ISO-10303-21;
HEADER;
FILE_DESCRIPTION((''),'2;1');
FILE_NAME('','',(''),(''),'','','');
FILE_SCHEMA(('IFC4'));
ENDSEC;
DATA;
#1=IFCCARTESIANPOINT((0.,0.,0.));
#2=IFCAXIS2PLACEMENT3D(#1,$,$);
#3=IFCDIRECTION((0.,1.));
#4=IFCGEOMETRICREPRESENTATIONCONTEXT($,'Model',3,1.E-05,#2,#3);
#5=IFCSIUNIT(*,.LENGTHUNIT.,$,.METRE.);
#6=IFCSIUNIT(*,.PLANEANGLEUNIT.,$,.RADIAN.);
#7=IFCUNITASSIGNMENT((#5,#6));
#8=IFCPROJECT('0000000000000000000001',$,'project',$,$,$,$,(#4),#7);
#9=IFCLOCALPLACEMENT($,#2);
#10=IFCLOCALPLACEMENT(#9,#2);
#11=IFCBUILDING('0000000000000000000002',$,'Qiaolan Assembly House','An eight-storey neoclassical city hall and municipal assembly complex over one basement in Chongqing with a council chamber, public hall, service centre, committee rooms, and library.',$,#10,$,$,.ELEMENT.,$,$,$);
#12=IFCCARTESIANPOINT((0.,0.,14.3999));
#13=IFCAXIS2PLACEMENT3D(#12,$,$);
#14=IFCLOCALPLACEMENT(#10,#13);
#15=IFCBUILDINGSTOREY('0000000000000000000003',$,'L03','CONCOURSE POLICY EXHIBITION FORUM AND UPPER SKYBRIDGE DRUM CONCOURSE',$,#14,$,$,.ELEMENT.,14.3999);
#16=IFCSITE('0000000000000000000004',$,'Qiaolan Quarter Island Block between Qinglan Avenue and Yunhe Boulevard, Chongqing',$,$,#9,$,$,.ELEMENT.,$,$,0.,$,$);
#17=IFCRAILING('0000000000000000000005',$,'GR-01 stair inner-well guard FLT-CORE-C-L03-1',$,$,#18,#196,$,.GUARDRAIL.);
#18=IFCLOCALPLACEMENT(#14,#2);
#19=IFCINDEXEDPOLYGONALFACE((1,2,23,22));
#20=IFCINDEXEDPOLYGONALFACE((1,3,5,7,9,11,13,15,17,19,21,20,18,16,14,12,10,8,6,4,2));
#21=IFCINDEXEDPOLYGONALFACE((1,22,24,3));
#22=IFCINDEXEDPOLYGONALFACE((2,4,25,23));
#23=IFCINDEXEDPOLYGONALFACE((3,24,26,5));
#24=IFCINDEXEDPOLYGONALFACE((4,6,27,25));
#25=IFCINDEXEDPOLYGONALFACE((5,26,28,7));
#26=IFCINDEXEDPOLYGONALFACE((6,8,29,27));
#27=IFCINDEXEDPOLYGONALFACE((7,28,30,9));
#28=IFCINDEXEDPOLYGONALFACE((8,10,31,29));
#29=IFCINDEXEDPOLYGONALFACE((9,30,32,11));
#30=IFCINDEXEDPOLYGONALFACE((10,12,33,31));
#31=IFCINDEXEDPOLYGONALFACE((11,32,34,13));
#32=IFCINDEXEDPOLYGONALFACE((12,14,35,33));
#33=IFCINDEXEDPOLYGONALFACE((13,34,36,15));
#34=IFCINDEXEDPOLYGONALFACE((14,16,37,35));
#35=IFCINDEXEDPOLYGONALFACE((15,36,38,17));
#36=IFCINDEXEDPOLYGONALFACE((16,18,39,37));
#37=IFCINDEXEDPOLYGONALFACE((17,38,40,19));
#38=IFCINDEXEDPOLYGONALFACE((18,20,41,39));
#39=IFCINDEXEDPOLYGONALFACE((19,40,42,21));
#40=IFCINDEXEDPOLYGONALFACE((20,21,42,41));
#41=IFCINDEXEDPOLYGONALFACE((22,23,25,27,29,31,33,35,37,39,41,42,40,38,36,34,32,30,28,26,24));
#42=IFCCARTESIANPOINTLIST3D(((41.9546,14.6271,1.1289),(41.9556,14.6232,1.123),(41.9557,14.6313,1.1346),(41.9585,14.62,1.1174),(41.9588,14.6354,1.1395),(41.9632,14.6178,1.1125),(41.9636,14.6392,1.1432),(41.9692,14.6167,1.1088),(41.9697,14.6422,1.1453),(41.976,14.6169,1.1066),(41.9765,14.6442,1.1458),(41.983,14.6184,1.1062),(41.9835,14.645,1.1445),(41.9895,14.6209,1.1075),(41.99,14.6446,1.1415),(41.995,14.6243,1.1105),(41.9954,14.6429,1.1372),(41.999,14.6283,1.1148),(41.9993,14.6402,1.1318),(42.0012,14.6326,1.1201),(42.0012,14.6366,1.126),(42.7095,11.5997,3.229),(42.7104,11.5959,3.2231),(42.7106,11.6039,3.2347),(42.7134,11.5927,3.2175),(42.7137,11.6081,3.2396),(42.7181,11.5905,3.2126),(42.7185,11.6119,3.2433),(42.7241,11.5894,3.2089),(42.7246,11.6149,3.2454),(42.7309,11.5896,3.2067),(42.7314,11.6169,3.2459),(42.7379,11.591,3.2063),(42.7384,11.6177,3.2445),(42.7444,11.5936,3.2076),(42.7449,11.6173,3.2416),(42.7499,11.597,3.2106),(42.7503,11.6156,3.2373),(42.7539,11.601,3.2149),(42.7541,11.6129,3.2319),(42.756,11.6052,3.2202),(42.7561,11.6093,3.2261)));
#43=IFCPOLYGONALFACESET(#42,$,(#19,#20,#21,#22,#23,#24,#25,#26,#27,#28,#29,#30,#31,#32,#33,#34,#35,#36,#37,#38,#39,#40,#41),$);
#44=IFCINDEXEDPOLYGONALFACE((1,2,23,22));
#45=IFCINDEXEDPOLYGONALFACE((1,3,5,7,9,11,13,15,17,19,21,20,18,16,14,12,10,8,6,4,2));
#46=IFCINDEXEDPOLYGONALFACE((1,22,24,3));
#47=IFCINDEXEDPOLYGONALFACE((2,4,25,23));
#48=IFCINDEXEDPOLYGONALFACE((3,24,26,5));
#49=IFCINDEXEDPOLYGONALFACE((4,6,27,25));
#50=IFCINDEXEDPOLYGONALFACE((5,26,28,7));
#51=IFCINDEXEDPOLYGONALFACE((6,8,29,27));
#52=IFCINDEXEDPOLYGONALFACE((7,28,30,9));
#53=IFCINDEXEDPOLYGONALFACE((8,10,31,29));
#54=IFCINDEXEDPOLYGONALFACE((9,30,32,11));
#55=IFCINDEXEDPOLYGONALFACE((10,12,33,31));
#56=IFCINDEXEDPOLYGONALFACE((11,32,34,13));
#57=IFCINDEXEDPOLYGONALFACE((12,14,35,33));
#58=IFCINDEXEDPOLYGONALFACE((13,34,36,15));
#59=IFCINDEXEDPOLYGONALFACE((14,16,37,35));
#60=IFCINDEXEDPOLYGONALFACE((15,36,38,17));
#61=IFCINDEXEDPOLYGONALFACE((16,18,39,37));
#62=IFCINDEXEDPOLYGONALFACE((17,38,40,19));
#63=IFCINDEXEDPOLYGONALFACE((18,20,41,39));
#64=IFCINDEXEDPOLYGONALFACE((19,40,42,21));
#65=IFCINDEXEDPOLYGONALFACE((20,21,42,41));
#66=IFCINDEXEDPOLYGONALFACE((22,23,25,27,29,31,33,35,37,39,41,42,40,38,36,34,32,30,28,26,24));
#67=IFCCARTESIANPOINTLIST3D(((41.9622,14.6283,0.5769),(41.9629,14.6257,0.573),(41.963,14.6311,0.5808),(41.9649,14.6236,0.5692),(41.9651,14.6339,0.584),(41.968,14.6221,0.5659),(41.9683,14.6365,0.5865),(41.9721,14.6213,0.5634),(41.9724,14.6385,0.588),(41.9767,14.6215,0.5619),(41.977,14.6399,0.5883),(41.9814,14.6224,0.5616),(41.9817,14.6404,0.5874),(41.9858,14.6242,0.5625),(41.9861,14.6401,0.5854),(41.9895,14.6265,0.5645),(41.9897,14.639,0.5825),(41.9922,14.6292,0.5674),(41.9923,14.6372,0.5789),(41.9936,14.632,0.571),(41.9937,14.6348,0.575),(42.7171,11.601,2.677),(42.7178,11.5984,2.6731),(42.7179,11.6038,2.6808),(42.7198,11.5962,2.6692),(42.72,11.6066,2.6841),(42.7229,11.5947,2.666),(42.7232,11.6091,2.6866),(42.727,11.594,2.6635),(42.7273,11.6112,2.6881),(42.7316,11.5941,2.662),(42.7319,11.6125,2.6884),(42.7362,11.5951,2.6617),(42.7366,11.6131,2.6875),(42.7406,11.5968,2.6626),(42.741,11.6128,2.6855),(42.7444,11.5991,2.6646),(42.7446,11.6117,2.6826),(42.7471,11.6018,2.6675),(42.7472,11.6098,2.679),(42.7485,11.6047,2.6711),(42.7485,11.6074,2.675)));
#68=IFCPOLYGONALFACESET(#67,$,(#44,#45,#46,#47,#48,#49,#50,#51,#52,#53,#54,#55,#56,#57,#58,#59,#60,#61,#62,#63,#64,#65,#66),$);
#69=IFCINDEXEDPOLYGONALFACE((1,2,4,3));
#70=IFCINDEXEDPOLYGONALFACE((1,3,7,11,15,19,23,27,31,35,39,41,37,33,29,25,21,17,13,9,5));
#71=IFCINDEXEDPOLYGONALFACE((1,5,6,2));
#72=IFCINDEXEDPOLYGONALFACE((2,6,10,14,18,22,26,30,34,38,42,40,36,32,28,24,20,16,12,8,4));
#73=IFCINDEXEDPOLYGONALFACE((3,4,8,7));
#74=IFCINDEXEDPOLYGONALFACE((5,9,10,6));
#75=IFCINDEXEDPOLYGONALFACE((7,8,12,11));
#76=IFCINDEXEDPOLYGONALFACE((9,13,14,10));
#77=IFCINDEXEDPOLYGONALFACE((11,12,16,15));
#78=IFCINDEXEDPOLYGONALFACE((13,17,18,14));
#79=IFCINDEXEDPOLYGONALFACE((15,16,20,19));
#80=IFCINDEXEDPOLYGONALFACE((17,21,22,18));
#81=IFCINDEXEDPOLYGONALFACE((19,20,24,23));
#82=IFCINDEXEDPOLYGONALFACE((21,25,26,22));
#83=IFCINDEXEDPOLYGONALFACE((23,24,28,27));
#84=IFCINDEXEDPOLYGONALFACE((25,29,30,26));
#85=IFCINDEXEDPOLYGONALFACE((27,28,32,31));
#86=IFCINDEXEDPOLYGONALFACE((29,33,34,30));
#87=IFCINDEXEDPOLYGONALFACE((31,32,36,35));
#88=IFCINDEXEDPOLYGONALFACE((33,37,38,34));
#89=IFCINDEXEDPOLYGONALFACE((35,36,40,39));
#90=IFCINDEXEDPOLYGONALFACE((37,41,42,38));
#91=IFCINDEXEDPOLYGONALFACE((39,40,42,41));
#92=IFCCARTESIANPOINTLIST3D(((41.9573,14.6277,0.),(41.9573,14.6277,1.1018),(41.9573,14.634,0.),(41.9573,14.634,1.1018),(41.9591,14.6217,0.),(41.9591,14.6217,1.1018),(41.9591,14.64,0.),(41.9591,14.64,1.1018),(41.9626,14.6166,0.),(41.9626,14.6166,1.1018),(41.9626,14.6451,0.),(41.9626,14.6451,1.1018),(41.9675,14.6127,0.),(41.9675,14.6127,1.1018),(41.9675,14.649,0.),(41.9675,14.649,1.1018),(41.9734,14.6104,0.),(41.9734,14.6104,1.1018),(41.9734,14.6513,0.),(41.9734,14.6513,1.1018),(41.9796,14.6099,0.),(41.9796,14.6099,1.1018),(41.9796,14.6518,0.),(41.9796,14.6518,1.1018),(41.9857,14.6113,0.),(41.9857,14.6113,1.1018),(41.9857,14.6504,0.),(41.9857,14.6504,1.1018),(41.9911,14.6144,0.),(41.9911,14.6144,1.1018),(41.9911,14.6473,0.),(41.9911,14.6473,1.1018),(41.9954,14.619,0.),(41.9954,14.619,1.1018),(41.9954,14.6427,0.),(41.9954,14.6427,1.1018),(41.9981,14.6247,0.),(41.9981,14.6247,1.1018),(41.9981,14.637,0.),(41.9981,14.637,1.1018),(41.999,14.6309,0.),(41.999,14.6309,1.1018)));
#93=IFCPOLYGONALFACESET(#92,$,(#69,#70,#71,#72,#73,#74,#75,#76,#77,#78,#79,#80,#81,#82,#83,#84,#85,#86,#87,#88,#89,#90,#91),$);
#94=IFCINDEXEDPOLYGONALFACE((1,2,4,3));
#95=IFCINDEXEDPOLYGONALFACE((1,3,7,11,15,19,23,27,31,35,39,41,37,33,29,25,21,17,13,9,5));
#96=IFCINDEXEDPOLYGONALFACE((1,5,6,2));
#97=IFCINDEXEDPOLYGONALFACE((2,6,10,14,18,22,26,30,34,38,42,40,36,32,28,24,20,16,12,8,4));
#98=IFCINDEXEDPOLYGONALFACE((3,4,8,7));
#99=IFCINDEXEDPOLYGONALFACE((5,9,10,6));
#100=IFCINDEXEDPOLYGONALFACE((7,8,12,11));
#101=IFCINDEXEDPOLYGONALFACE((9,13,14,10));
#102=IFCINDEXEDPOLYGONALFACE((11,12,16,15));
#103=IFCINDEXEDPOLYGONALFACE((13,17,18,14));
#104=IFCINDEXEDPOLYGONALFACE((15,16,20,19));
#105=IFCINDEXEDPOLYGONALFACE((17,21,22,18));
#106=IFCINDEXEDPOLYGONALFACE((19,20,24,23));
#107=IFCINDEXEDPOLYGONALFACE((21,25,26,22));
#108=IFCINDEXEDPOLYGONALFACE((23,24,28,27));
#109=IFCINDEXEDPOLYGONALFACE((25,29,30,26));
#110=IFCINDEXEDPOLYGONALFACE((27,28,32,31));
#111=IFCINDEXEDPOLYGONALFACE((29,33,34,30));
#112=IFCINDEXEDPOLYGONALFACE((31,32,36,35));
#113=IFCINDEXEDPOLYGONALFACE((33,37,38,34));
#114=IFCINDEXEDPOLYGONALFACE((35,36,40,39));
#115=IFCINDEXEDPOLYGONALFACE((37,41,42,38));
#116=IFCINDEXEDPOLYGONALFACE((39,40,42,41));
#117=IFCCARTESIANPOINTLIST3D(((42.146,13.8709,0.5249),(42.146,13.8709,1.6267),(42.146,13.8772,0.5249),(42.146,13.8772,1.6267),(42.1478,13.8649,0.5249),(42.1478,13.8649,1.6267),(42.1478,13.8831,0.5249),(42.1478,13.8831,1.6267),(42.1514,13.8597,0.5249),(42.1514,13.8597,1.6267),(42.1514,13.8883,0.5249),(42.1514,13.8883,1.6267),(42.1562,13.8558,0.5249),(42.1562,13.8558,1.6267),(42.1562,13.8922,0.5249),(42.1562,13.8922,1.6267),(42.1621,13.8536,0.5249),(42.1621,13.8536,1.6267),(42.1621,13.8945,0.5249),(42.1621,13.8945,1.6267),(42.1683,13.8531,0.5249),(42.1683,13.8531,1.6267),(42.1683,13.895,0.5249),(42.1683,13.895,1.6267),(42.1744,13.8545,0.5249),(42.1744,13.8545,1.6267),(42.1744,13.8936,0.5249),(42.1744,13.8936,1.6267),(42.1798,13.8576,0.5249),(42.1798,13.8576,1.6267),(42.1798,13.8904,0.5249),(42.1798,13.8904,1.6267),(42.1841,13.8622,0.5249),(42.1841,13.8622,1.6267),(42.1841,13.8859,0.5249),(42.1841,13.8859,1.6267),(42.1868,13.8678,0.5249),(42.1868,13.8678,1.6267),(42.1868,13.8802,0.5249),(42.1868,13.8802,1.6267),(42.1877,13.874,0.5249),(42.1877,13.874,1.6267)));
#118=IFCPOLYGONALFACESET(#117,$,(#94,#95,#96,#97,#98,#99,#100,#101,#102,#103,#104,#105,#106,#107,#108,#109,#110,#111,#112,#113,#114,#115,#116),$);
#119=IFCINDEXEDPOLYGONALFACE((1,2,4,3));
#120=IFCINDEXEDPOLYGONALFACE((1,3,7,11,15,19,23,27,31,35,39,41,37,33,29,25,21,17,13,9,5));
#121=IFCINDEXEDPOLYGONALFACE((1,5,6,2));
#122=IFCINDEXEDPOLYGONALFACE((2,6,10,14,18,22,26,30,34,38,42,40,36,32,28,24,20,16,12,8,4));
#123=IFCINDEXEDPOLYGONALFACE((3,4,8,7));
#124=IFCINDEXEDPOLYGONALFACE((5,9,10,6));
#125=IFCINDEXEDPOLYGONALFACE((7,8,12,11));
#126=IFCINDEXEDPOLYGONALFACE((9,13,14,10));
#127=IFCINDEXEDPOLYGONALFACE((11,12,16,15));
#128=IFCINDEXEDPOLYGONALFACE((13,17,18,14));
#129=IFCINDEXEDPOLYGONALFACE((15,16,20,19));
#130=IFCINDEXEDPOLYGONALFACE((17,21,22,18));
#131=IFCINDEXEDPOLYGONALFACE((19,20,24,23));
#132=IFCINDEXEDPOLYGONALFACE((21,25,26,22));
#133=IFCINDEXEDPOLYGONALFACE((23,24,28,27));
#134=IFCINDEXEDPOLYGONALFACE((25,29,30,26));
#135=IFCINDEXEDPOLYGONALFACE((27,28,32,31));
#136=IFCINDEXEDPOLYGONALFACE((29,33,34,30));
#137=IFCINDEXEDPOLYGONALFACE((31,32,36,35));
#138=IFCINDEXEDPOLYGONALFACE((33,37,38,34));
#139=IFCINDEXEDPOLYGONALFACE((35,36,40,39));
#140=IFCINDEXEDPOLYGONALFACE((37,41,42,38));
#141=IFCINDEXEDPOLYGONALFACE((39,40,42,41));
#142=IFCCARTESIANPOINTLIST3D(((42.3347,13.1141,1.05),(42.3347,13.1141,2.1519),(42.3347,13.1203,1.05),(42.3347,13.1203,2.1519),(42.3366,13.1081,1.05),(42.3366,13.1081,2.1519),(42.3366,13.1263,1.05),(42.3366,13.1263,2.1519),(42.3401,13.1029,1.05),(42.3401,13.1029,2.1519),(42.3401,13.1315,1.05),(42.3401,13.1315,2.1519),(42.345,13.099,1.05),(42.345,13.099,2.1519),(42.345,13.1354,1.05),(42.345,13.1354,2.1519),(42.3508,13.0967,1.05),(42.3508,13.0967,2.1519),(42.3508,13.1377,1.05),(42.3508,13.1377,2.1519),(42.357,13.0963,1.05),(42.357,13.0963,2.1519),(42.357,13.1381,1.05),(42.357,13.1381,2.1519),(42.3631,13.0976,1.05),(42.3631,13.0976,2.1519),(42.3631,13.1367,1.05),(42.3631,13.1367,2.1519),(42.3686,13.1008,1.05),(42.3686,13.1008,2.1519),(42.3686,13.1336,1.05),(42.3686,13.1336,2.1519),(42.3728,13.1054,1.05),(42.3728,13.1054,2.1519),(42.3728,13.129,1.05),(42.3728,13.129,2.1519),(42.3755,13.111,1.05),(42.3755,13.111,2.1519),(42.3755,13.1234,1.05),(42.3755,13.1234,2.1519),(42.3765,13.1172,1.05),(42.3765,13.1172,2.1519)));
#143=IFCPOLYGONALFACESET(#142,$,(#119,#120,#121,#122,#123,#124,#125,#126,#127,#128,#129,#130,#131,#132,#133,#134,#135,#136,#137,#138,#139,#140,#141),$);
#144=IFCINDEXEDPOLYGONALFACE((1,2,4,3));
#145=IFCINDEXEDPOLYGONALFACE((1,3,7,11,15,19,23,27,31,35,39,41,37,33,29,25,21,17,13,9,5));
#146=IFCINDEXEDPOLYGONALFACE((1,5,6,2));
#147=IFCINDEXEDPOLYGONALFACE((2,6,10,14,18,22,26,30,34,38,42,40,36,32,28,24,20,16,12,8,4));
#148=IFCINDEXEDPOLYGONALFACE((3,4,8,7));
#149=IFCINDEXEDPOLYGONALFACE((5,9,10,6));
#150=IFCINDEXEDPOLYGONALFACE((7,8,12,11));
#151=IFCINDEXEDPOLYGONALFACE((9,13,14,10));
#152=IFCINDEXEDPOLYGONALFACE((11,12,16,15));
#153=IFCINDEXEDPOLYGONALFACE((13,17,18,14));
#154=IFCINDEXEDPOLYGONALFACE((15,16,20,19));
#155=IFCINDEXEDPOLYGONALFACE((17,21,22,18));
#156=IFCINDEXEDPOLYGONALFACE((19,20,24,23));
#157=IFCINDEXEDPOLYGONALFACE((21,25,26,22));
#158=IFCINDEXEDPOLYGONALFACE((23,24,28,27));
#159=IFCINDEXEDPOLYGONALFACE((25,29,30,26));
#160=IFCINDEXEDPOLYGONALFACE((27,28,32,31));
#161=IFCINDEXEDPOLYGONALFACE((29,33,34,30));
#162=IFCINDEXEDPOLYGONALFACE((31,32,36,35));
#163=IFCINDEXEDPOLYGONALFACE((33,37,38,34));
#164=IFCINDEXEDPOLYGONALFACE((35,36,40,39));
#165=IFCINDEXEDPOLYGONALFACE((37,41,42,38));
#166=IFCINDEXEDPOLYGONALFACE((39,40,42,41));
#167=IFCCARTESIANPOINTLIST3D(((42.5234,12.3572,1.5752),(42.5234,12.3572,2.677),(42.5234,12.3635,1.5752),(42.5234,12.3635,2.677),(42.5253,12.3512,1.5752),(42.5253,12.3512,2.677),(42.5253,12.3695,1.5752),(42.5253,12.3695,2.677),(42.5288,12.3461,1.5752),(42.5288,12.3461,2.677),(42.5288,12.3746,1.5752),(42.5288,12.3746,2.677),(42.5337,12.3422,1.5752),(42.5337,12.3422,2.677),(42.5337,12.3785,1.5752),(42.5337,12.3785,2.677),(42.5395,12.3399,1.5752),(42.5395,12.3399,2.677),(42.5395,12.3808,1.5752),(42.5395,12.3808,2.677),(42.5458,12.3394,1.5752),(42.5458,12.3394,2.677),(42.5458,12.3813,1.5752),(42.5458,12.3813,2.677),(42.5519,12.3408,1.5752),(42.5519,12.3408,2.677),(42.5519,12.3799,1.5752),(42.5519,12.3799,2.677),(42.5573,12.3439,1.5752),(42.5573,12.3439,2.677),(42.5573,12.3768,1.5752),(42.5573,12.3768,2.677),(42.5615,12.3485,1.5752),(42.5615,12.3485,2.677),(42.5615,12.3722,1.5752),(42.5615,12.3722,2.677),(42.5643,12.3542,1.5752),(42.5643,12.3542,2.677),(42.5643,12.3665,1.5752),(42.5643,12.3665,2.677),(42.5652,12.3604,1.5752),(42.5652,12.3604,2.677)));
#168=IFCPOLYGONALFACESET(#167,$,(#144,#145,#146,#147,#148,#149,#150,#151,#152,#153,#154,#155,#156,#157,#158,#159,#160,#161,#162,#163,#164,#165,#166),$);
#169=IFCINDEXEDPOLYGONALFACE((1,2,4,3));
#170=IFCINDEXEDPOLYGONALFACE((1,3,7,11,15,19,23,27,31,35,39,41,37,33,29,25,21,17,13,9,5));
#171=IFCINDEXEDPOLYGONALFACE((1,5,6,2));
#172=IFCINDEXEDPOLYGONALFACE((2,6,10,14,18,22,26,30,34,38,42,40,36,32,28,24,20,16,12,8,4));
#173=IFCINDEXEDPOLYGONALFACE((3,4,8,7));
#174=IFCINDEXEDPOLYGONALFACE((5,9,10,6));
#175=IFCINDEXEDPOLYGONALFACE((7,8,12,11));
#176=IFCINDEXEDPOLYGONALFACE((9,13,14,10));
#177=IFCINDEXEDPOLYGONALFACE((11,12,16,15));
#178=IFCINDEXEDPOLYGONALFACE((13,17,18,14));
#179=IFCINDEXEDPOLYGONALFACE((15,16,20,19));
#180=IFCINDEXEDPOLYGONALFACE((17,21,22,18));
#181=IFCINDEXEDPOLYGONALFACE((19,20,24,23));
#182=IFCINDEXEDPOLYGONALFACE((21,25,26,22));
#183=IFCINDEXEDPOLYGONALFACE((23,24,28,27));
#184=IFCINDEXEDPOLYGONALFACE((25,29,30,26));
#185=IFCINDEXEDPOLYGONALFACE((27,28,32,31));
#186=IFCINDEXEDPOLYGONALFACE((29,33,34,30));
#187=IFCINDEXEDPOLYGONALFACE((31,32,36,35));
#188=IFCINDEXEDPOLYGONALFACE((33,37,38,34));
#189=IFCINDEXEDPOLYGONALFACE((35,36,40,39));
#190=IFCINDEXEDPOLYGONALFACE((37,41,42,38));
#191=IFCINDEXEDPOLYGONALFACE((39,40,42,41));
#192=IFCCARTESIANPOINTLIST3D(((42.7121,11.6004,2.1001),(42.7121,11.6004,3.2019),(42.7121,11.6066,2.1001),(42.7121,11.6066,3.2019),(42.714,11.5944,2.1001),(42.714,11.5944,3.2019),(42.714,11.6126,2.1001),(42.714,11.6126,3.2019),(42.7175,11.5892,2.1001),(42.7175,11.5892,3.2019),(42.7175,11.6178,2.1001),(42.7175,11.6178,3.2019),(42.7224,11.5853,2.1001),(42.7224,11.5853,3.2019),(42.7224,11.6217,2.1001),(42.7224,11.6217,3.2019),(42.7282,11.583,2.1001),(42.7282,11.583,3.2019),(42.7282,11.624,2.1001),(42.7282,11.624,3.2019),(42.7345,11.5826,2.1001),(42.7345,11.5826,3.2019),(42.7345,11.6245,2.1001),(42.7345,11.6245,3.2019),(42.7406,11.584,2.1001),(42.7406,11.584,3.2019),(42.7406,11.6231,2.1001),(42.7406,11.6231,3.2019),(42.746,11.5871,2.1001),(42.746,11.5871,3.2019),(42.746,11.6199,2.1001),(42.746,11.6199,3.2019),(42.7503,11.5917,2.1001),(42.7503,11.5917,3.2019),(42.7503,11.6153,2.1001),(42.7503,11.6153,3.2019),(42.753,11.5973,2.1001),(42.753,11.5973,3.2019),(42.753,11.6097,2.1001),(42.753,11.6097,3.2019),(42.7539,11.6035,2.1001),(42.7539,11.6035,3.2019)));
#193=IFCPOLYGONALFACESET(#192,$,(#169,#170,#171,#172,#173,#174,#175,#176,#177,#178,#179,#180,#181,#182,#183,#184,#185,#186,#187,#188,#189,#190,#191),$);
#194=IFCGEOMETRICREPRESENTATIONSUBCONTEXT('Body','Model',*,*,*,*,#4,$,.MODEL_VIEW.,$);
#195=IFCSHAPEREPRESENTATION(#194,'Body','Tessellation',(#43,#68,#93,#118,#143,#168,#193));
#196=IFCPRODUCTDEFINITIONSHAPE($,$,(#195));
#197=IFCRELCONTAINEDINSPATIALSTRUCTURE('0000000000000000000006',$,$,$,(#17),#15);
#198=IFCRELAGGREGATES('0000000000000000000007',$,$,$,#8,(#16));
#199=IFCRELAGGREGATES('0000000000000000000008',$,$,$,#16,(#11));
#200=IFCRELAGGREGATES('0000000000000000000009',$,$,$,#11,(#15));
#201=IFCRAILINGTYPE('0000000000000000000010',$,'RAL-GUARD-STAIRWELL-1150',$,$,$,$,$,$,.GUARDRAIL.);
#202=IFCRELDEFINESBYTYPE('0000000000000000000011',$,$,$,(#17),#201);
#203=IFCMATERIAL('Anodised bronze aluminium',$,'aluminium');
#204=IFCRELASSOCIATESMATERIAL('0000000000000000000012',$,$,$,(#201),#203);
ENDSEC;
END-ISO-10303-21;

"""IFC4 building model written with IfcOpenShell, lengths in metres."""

from ifc_helpers import new_model, si_unit, direction, frame, origin, origin_2d, place, context, subcontext, project, spatial, circle, extrude, material, type_object, element, save


model = new_model("IFC4")

# Units and contexts
model_context = context("Model", 3, precision=1e-05, world=origin(), true_north=direction((0.0, 1.0)))
body_context = subcontext(model_context, "Body", "Model", "MODEL_VIEW")
ifc_project = project(units=[si_unit("LENGTHUNIT", "METRE"), si_unit("PLANEANGLEUNIT", "RADIAN")], contexts=[model_context])

# Site, building, storey
site_placement = place(None, origin())
site = spatial("IfcSite", under=ifc_project, at=site_placement, Name="Qiaolan Quarter Island Block between Qinglan Avenue and Yunhe Boulevard, Chongqing", CompositionType="ELEMENT", RefElevation=0.0)
building_placement = place(site_placement, origin())
building = spatial("IfcBuilding", under=site, at=building_placement, Name="Qiaolan Assembly House", Description="An eight-storey neoclassical city hall and municipal assembly complex over one basement in Chongqing with a council chamber, public hall, service centre, committee rooms, and library.", CompositionType="ELEMENT")
storey_placement = place(building_placement, frame((0.0, 0.0, 14.3999)))
storey = spatial("IfcBuildingStorey", under=building, at=storey_placement, Name="L03", Description="CONCOURSE POLICY EXHIBITION FORUM AND UPPER SKYBRIDGE DRUM CONCOURSE", CompositionType="ELEMENT", Elevation=14.3999)

# Railing
ifc_material_1 = material(Name="Anodised bronze aluminium", Category="aluminium")
railing_type = type_object("IfcRailingType", Name="RAL-GUARD-STAIRWELL-1150", PredefinedType="GUARDRAIL", material=ifc_material_1)
railing_placement = place(storey_placement, frame((41.978, 14.6309, 0.0)))
element("IfcRailing", 1, at=railing_placement, inside=storey, type_object=railing_type, Name="GR-01 stair inner-well guard FLT-CORE-C-L03-1", PredefinedType="GUARDRAIL", context=body_context, shape_type="SweptSolid", body=[
    extrude(circle(Radius=0.0239, at=origin_2d()), frame((0.0, 0.0, 1.126), z_axis=(0.200714, -0.804932, 0.558389), x_axis=(0.97029, 0.241946, 0.0)), (0.0, 0.0, 1.0), 3.761),
    extrude(circle(Radius=0.0161, at=origin_2d()), frame((0.0, 0.0, 0.575), z_axis=(0.200714, -0.804932, 0.558389), x_axis=(0.97029, 0.241946, 0.0)), (0.0, 0.0, 1.0), 3.761),
    extrude(circle(Radius=0.021, at=origin_2d()), origin(), (0.0, 0.0, 1.0), 1.1018),
    extrude(circle(Radius=0.021, at=origin_2d()), frame((0.1887, -0.7568, 0.5249)), (0.0, 0.0, 1.0), 1.1018),
    extrude(circle(Radius=0.021, at=origin_2d()), frame((0.3774, -1.5137, 1.05)), (0.0, 0.0, 1.0), 1.1018),
    extrude(circle(Radius=0.021, at=origin_2d()), frame((0.5662, -2.2705, 1.5752)), (0.0, 0.0, 1.0), 1.1018),
    extrude(circle(Radius=0.021, at=origin_2d()), frame((0.7549, -3.0273, 2.1001)), (0.0, 0.0, 1.0), 1.1018),
])

save(model, "model.ifc")
